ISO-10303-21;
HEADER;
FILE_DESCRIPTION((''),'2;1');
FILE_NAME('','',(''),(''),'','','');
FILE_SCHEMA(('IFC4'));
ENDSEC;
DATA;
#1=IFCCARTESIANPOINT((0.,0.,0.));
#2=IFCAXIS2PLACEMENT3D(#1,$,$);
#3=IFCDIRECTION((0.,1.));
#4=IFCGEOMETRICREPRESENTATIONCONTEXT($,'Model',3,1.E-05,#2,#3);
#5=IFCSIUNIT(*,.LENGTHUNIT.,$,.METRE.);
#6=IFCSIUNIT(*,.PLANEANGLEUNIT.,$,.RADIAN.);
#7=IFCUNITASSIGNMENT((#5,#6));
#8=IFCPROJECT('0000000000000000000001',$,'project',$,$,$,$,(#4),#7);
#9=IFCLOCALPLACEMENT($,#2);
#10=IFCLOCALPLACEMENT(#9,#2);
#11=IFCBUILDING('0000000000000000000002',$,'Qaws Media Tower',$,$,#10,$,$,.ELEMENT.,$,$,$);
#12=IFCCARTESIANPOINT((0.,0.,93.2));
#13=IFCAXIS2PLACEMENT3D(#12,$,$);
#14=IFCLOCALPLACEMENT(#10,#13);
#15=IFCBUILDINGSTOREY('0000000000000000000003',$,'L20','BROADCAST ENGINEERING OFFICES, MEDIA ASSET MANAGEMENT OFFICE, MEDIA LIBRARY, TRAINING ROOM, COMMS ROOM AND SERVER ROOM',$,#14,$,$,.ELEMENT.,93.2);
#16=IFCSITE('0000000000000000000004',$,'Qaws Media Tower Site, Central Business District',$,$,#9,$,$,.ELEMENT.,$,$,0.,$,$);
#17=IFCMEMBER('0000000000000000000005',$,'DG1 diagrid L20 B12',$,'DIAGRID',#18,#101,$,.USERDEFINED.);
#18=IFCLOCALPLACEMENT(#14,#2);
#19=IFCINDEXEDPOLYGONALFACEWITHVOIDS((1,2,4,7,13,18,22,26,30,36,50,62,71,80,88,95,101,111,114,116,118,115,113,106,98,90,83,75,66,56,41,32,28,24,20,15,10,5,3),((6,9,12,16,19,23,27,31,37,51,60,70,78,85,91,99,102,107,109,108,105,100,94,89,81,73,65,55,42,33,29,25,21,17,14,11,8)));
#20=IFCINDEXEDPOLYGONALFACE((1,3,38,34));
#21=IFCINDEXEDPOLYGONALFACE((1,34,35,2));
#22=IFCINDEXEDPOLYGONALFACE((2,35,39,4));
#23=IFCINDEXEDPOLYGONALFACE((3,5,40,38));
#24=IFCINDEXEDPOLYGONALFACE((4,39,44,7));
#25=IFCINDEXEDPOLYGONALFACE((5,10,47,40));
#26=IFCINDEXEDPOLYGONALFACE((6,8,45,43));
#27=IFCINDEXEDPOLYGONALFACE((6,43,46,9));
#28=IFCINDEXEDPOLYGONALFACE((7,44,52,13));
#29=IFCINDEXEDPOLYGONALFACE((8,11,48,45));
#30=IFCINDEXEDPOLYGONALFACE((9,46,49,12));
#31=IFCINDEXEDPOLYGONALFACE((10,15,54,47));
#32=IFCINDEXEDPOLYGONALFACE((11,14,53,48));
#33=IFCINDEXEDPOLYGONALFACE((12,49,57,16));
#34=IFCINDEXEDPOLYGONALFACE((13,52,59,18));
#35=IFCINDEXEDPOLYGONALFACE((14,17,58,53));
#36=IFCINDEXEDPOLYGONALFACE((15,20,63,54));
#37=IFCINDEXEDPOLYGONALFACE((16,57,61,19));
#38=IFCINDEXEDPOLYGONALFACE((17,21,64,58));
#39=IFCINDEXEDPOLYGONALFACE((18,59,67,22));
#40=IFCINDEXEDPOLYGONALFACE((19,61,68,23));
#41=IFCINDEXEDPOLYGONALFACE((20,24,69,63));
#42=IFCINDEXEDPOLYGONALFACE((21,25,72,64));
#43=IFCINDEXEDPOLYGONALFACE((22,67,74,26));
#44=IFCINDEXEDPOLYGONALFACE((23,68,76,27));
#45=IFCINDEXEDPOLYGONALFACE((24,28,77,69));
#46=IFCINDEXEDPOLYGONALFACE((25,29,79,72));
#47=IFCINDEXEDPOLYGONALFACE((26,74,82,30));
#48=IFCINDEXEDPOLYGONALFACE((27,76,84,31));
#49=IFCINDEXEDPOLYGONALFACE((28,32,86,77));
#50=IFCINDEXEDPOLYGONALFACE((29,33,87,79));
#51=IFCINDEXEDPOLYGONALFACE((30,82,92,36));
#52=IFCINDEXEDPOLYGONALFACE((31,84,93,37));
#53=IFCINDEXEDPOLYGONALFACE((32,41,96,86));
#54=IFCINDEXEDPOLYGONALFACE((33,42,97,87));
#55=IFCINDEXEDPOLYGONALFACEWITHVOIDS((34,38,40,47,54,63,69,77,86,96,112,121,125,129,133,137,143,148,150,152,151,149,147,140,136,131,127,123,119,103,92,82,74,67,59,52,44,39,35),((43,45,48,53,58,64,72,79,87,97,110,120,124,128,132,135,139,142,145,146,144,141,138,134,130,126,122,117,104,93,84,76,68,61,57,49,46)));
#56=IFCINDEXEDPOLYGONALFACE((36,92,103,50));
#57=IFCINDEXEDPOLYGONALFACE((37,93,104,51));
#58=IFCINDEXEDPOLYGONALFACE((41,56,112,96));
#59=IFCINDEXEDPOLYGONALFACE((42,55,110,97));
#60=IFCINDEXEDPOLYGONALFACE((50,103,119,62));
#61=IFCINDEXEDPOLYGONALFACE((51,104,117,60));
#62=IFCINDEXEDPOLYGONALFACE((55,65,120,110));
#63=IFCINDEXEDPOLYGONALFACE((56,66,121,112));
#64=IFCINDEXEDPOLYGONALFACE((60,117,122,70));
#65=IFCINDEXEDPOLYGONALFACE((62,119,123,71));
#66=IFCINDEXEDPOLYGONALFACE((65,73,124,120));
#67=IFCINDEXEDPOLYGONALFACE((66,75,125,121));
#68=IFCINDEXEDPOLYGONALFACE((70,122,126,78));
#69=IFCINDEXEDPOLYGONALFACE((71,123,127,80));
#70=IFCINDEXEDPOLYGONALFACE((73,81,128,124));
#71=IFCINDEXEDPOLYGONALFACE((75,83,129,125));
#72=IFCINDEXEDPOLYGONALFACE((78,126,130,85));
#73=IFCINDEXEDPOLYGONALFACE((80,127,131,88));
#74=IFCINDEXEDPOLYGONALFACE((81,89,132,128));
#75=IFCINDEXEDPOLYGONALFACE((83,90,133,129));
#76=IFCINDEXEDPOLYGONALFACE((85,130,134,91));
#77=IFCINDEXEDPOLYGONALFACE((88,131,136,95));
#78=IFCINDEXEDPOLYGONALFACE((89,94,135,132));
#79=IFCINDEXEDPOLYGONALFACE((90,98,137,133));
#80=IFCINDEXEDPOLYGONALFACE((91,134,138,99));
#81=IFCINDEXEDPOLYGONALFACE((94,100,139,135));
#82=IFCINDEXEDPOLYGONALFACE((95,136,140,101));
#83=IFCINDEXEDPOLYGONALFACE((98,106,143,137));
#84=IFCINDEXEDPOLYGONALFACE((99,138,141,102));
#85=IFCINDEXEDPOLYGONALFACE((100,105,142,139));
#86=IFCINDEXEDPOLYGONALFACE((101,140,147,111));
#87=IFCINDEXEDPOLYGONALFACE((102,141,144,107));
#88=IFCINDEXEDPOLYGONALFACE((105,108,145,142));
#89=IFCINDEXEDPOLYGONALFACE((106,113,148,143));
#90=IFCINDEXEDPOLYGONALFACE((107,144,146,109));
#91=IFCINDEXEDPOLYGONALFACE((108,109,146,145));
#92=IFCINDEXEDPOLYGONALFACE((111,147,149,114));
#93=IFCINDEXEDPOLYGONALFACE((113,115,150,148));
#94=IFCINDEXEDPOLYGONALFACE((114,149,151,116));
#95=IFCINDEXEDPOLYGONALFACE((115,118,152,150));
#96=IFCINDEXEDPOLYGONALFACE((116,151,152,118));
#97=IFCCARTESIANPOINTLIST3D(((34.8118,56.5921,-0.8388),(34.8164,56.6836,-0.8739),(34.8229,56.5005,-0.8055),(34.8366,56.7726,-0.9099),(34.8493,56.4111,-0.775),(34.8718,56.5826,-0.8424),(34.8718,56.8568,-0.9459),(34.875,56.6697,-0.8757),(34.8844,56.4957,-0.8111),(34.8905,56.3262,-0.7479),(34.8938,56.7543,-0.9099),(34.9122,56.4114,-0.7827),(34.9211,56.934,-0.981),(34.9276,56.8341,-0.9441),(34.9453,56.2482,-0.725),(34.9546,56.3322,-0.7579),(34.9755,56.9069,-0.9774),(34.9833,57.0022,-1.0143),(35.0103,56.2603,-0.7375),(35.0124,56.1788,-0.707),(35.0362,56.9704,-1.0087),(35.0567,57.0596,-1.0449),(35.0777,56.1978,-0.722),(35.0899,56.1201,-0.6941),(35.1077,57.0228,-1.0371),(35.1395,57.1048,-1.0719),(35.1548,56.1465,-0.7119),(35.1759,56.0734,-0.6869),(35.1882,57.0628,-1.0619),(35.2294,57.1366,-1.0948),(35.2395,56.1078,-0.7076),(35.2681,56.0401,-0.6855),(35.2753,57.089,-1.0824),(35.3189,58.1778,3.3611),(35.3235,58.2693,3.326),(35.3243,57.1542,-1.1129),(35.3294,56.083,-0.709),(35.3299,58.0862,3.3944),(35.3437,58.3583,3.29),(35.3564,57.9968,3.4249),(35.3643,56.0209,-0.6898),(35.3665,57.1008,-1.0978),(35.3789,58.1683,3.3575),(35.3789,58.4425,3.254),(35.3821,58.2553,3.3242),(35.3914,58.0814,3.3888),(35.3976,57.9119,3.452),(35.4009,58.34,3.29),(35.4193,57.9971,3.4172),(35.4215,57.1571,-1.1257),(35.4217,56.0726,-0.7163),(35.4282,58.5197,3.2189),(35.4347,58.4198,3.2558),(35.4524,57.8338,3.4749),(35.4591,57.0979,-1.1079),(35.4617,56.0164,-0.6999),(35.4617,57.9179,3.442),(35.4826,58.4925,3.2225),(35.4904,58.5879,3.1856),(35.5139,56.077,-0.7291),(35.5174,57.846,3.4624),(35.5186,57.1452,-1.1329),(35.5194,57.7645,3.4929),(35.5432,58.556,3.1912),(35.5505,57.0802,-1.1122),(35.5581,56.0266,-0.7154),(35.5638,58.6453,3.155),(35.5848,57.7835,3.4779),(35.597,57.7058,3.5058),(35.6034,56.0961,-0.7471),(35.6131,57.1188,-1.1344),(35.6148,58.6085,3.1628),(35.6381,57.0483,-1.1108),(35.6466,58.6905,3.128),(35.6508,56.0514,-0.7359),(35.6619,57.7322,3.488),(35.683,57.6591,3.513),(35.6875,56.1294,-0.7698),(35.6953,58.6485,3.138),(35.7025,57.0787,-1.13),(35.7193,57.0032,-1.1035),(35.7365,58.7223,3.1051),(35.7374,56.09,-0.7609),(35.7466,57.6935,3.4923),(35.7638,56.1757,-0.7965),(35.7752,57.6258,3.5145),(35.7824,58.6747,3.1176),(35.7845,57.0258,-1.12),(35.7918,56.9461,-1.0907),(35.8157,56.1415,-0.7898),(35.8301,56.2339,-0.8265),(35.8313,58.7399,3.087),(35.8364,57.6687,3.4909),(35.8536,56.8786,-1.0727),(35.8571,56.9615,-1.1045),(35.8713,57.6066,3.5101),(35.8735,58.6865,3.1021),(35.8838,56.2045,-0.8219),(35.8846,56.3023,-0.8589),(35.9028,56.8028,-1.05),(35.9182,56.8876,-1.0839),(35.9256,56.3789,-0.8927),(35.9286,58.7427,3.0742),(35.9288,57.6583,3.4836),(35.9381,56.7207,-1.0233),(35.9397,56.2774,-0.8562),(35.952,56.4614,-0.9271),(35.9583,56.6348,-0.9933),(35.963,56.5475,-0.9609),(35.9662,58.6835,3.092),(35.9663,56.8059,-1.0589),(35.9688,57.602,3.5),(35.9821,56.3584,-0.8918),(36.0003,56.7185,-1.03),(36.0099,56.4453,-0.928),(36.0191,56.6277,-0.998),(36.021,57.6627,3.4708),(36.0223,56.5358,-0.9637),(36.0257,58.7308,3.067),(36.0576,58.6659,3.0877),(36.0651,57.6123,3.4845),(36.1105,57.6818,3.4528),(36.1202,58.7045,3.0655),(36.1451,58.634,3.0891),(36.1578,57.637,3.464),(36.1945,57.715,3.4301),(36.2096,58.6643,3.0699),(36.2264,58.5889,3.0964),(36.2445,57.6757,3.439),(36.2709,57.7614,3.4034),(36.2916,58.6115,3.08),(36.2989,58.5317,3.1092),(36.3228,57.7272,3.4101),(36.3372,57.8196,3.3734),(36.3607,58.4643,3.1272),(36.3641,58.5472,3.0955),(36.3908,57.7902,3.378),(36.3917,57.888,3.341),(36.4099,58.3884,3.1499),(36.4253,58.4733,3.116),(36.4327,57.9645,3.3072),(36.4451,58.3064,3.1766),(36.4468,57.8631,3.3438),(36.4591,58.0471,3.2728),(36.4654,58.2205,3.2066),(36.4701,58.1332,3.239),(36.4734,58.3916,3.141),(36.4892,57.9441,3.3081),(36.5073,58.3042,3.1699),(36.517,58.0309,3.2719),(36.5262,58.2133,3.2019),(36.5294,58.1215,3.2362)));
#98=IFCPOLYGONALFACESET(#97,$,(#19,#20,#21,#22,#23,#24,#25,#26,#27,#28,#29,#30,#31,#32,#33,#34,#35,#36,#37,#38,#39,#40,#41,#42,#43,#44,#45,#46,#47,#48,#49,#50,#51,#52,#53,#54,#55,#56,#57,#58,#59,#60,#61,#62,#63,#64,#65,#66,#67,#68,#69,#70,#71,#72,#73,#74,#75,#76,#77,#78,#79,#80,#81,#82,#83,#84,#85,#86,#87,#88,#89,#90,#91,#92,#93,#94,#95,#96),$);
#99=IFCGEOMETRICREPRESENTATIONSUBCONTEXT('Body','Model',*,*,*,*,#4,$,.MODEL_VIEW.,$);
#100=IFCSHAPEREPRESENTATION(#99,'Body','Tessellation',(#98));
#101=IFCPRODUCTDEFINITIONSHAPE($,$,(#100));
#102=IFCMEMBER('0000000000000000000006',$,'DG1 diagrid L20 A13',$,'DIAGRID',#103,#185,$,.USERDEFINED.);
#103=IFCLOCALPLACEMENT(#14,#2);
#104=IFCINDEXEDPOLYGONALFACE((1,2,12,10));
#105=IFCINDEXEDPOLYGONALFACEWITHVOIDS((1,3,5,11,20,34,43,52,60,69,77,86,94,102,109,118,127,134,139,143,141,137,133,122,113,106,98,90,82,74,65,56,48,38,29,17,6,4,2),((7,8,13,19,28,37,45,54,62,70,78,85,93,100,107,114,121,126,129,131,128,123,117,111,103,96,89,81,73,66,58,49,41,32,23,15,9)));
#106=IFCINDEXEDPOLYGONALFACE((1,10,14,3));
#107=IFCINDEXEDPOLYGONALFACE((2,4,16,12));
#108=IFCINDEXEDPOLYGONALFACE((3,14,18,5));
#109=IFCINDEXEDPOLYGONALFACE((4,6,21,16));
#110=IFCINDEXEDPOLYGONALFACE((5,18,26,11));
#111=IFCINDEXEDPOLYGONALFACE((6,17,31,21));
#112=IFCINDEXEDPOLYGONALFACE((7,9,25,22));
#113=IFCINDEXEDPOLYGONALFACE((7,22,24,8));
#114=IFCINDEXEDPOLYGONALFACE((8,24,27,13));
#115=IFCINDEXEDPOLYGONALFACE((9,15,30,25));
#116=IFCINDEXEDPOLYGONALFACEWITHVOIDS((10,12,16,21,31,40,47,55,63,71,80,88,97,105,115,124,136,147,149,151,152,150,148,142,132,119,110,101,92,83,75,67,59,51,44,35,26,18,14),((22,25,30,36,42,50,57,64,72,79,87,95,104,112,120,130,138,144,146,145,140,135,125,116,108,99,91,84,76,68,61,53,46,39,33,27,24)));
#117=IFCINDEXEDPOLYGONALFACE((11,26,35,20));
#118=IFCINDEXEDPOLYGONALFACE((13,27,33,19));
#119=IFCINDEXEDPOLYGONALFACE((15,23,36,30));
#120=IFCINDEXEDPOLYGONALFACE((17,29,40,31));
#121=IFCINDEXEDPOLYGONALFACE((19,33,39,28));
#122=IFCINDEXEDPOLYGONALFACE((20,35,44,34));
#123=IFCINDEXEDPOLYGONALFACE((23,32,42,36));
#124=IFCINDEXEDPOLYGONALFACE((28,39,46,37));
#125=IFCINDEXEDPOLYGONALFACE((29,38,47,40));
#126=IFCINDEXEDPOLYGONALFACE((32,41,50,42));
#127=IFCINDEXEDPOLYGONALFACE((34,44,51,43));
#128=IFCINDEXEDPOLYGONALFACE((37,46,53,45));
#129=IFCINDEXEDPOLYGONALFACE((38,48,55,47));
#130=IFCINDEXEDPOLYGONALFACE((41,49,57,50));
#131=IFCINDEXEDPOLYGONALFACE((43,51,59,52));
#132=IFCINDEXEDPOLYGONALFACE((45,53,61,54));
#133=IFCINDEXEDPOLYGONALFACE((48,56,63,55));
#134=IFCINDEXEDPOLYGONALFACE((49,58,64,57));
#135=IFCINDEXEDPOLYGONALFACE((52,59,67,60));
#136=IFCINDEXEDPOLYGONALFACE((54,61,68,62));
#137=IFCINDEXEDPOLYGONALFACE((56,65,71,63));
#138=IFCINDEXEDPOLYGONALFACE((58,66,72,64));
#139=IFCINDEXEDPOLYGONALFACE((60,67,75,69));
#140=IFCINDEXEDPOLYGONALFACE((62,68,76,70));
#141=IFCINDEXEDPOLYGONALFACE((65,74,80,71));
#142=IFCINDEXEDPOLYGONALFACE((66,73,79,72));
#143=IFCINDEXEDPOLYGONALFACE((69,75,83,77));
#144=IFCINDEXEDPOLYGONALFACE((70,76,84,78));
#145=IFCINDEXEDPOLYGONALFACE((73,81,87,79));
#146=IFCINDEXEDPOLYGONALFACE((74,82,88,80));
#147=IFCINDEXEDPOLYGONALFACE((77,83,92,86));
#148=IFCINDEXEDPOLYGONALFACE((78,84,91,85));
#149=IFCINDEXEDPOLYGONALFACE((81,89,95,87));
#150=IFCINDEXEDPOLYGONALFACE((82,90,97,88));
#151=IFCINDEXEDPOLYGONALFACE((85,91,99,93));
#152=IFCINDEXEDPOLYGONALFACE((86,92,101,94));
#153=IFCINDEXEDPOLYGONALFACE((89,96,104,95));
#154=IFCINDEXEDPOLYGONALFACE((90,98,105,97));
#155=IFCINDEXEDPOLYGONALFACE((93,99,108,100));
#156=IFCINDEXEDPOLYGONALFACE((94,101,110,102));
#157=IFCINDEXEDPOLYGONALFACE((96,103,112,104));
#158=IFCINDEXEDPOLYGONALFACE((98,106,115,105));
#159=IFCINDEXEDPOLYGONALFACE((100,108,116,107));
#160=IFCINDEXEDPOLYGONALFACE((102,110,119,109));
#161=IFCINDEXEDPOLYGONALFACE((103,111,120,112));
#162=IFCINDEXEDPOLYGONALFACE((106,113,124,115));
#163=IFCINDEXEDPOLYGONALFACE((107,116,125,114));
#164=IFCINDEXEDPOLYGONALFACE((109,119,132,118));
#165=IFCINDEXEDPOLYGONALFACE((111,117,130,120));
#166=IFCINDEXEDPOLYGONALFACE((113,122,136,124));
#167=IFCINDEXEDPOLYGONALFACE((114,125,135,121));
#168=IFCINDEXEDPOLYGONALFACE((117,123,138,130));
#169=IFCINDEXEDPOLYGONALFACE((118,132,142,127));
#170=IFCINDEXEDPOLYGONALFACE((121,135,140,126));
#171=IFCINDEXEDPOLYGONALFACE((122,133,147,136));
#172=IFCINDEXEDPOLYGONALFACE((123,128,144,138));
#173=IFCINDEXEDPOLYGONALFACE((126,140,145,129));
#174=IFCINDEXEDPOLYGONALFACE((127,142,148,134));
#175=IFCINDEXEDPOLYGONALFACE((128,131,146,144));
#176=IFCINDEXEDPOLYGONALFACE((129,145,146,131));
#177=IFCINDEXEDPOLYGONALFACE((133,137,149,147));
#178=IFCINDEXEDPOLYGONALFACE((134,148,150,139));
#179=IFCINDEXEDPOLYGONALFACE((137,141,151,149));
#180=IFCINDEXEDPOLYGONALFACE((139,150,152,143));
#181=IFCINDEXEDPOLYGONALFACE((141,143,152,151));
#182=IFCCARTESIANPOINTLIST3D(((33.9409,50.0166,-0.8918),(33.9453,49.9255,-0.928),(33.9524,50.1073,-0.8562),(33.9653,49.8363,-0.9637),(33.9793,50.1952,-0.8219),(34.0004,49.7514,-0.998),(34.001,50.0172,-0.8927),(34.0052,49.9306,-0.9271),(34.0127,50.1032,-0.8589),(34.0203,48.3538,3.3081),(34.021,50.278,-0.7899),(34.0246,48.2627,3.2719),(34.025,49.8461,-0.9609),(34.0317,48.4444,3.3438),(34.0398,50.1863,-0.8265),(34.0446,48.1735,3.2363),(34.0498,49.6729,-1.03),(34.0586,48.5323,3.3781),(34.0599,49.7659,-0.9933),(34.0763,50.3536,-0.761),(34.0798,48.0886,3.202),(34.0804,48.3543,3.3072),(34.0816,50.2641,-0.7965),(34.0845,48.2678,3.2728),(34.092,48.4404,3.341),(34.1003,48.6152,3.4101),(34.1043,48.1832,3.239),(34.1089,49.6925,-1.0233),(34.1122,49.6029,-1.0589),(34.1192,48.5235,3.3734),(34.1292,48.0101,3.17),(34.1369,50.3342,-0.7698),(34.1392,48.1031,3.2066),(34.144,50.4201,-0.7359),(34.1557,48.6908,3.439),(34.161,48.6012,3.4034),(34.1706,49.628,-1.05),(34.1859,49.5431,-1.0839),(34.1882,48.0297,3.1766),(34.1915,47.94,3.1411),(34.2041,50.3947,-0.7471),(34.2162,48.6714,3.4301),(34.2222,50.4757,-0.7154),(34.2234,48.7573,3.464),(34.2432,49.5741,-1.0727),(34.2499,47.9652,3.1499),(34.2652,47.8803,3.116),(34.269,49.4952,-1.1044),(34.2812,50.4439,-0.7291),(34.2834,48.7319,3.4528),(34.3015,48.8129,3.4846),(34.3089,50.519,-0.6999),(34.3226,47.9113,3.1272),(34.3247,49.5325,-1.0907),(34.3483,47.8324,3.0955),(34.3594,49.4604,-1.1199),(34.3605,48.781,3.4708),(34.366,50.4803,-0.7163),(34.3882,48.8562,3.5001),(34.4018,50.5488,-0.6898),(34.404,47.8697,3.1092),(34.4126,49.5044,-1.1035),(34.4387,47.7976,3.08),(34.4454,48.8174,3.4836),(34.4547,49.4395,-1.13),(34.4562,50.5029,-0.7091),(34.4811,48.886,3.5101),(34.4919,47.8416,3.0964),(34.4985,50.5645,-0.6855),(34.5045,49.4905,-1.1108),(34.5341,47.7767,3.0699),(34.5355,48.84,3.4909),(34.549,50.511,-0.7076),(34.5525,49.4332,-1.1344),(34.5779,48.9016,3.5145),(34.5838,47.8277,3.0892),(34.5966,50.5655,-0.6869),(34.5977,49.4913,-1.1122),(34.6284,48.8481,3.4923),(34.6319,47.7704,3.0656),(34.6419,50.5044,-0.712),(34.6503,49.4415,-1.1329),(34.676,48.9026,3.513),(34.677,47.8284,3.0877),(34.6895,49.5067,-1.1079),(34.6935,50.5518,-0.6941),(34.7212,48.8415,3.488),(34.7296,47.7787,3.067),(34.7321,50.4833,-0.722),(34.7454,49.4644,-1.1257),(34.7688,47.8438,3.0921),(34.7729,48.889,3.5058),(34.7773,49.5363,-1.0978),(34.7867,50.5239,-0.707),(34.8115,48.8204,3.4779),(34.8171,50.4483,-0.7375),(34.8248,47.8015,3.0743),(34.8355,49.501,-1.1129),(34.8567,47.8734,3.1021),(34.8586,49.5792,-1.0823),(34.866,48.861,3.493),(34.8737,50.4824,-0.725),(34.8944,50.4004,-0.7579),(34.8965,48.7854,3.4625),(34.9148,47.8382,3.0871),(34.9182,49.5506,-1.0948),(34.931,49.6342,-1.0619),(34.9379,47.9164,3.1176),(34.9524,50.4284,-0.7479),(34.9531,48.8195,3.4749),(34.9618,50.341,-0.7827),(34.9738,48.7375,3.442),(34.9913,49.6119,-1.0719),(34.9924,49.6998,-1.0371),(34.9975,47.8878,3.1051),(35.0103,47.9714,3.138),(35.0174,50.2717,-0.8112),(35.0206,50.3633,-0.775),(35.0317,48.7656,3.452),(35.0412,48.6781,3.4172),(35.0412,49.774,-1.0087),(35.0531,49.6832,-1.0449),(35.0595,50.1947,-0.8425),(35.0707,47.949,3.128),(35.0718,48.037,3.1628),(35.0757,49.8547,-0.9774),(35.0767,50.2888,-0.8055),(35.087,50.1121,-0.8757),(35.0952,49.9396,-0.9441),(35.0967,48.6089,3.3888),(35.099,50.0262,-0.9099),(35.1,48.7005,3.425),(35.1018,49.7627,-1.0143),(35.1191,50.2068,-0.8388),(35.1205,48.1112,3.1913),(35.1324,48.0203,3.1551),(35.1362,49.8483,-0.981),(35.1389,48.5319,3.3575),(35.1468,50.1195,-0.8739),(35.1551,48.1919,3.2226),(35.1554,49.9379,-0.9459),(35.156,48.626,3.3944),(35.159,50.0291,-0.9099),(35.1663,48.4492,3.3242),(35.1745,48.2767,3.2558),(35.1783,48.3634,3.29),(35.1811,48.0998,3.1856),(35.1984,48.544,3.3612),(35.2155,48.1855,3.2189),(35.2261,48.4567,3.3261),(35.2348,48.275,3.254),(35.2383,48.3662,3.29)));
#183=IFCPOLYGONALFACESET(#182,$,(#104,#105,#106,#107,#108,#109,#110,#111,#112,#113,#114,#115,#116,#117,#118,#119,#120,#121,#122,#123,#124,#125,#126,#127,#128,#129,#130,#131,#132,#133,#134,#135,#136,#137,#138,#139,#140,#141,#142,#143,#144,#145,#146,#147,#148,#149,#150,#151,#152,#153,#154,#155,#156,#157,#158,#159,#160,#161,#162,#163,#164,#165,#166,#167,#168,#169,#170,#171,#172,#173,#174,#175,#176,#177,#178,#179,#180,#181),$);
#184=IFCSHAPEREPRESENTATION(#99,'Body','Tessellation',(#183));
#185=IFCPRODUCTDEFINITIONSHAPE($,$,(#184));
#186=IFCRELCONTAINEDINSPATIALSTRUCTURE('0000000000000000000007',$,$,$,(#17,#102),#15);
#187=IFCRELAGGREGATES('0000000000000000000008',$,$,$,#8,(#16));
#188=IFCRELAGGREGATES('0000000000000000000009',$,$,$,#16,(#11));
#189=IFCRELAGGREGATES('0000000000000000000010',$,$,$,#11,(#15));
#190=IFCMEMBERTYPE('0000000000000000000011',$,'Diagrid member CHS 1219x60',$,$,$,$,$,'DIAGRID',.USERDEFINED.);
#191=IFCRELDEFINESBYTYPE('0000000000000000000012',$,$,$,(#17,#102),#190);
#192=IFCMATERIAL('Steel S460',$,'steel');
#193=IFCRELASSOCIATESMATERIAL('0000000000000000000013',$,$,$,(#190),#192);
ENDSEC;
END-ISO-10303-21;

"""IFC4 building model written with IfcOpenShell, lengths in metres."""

from ifc_helpers import new_model, si_unit, direction, frame, origin, origin_2d, place, context, subcontext, project, spatial, hollow_circle, extrude, material, material_profile, profile_set, type_object, element, save


model = new_model("IFC4")

# Units and contexts
model_context = context("Model", 3, precision=1e-05, world=origin(), true_north=direction((0.0, 1.0)))
body_context = subcontext(model_context, "Body", "Model", "MODEL_VIEW")
ifc_project = project(units=[si_unit("LENGTHUNIT", "METRE"), si_unit("PLANEANGLEUNIT", "RADIAN")], contexts=[model_context])

# Site, building, storey
site_placement = place(None, origin())
site = spatial("IfcSite", under=ifc_project, at=site_placement, Name="Qaws Media Tower Site, Central Business District", CompositionType="ELEMENT", RefElevation=0.0)
building_placement = place(site_placement, origin())
building = spatial("IfcBuilding", under=site, at=building_placement, Name="Qaws Media Tower", CompositionType="ELEMENT")
storey_placement = place(building_placement, frame((0.0, 0.0, 93.2)))
storey = spatial("IfcBuildingStorey", under=building, at=storey_placement, Name="L20", Description="BROADCAST ENGINEERING OFFICES, MEDIA ASSET MANAGEMENT OFFICE, MEDIA LIBRARY, TRAINING ROOM, COMMS ROOM AND SERVER ROOM", CompositionType="ELEMENT", Elevation=93.2)

# Members
ifc_material_1 = material(Name="Steel S460", Category="steel")
ifc_material_profile_1 = material_profile(ifc_material_1, hollow_circle(Radius=0.6096, WallThickness=0.0601, at=origin_2d()), Name="CHS 1219x60")
ifc_profile_set_1 = profile_set([ifc_material_profile_1], Name="Steel S460")
member_type_1 = type_object("IfcMemberType", Name="Diagrid member CHS 1219x60", ElementType="DIAGRID", PredefinedType="USERDEFINED", material=ifc_profile_set_1)
for number, where, z_axis, x_axis, name in (
    (1, (35.4172, 56.5869, -0.9099), (0.112239, 0.350983, 0.929631), (-0.952484, 0.304589, 0.0), "DG1 diagrid L20 B12"),
    (2, (34.55, 50.0, -0.9099), (0.017563, -0.368061, 0.929636), (0.998863, 0.047663, 0.0), "DG1 diagrid L20 A13"),
):
    element("IfcMember", number, at=place(storey_placement, frame(where, z_axis=z_axis, x_axis=x_axis)), inside=storey, type_object=member_type_1, Name=name, ObjectType="DIAGRID", PredefinedType="USERDEFINED", context=body_context, shape_type="SweptSolid", body=[
        extrude(hollow_circle(Radius=0.6096, WallThickness=0.0601, at=origin_2d()), origin(), (0.0, 0.0, 1.0), 4.5178),
    ])

save(model, "model.ifc")
